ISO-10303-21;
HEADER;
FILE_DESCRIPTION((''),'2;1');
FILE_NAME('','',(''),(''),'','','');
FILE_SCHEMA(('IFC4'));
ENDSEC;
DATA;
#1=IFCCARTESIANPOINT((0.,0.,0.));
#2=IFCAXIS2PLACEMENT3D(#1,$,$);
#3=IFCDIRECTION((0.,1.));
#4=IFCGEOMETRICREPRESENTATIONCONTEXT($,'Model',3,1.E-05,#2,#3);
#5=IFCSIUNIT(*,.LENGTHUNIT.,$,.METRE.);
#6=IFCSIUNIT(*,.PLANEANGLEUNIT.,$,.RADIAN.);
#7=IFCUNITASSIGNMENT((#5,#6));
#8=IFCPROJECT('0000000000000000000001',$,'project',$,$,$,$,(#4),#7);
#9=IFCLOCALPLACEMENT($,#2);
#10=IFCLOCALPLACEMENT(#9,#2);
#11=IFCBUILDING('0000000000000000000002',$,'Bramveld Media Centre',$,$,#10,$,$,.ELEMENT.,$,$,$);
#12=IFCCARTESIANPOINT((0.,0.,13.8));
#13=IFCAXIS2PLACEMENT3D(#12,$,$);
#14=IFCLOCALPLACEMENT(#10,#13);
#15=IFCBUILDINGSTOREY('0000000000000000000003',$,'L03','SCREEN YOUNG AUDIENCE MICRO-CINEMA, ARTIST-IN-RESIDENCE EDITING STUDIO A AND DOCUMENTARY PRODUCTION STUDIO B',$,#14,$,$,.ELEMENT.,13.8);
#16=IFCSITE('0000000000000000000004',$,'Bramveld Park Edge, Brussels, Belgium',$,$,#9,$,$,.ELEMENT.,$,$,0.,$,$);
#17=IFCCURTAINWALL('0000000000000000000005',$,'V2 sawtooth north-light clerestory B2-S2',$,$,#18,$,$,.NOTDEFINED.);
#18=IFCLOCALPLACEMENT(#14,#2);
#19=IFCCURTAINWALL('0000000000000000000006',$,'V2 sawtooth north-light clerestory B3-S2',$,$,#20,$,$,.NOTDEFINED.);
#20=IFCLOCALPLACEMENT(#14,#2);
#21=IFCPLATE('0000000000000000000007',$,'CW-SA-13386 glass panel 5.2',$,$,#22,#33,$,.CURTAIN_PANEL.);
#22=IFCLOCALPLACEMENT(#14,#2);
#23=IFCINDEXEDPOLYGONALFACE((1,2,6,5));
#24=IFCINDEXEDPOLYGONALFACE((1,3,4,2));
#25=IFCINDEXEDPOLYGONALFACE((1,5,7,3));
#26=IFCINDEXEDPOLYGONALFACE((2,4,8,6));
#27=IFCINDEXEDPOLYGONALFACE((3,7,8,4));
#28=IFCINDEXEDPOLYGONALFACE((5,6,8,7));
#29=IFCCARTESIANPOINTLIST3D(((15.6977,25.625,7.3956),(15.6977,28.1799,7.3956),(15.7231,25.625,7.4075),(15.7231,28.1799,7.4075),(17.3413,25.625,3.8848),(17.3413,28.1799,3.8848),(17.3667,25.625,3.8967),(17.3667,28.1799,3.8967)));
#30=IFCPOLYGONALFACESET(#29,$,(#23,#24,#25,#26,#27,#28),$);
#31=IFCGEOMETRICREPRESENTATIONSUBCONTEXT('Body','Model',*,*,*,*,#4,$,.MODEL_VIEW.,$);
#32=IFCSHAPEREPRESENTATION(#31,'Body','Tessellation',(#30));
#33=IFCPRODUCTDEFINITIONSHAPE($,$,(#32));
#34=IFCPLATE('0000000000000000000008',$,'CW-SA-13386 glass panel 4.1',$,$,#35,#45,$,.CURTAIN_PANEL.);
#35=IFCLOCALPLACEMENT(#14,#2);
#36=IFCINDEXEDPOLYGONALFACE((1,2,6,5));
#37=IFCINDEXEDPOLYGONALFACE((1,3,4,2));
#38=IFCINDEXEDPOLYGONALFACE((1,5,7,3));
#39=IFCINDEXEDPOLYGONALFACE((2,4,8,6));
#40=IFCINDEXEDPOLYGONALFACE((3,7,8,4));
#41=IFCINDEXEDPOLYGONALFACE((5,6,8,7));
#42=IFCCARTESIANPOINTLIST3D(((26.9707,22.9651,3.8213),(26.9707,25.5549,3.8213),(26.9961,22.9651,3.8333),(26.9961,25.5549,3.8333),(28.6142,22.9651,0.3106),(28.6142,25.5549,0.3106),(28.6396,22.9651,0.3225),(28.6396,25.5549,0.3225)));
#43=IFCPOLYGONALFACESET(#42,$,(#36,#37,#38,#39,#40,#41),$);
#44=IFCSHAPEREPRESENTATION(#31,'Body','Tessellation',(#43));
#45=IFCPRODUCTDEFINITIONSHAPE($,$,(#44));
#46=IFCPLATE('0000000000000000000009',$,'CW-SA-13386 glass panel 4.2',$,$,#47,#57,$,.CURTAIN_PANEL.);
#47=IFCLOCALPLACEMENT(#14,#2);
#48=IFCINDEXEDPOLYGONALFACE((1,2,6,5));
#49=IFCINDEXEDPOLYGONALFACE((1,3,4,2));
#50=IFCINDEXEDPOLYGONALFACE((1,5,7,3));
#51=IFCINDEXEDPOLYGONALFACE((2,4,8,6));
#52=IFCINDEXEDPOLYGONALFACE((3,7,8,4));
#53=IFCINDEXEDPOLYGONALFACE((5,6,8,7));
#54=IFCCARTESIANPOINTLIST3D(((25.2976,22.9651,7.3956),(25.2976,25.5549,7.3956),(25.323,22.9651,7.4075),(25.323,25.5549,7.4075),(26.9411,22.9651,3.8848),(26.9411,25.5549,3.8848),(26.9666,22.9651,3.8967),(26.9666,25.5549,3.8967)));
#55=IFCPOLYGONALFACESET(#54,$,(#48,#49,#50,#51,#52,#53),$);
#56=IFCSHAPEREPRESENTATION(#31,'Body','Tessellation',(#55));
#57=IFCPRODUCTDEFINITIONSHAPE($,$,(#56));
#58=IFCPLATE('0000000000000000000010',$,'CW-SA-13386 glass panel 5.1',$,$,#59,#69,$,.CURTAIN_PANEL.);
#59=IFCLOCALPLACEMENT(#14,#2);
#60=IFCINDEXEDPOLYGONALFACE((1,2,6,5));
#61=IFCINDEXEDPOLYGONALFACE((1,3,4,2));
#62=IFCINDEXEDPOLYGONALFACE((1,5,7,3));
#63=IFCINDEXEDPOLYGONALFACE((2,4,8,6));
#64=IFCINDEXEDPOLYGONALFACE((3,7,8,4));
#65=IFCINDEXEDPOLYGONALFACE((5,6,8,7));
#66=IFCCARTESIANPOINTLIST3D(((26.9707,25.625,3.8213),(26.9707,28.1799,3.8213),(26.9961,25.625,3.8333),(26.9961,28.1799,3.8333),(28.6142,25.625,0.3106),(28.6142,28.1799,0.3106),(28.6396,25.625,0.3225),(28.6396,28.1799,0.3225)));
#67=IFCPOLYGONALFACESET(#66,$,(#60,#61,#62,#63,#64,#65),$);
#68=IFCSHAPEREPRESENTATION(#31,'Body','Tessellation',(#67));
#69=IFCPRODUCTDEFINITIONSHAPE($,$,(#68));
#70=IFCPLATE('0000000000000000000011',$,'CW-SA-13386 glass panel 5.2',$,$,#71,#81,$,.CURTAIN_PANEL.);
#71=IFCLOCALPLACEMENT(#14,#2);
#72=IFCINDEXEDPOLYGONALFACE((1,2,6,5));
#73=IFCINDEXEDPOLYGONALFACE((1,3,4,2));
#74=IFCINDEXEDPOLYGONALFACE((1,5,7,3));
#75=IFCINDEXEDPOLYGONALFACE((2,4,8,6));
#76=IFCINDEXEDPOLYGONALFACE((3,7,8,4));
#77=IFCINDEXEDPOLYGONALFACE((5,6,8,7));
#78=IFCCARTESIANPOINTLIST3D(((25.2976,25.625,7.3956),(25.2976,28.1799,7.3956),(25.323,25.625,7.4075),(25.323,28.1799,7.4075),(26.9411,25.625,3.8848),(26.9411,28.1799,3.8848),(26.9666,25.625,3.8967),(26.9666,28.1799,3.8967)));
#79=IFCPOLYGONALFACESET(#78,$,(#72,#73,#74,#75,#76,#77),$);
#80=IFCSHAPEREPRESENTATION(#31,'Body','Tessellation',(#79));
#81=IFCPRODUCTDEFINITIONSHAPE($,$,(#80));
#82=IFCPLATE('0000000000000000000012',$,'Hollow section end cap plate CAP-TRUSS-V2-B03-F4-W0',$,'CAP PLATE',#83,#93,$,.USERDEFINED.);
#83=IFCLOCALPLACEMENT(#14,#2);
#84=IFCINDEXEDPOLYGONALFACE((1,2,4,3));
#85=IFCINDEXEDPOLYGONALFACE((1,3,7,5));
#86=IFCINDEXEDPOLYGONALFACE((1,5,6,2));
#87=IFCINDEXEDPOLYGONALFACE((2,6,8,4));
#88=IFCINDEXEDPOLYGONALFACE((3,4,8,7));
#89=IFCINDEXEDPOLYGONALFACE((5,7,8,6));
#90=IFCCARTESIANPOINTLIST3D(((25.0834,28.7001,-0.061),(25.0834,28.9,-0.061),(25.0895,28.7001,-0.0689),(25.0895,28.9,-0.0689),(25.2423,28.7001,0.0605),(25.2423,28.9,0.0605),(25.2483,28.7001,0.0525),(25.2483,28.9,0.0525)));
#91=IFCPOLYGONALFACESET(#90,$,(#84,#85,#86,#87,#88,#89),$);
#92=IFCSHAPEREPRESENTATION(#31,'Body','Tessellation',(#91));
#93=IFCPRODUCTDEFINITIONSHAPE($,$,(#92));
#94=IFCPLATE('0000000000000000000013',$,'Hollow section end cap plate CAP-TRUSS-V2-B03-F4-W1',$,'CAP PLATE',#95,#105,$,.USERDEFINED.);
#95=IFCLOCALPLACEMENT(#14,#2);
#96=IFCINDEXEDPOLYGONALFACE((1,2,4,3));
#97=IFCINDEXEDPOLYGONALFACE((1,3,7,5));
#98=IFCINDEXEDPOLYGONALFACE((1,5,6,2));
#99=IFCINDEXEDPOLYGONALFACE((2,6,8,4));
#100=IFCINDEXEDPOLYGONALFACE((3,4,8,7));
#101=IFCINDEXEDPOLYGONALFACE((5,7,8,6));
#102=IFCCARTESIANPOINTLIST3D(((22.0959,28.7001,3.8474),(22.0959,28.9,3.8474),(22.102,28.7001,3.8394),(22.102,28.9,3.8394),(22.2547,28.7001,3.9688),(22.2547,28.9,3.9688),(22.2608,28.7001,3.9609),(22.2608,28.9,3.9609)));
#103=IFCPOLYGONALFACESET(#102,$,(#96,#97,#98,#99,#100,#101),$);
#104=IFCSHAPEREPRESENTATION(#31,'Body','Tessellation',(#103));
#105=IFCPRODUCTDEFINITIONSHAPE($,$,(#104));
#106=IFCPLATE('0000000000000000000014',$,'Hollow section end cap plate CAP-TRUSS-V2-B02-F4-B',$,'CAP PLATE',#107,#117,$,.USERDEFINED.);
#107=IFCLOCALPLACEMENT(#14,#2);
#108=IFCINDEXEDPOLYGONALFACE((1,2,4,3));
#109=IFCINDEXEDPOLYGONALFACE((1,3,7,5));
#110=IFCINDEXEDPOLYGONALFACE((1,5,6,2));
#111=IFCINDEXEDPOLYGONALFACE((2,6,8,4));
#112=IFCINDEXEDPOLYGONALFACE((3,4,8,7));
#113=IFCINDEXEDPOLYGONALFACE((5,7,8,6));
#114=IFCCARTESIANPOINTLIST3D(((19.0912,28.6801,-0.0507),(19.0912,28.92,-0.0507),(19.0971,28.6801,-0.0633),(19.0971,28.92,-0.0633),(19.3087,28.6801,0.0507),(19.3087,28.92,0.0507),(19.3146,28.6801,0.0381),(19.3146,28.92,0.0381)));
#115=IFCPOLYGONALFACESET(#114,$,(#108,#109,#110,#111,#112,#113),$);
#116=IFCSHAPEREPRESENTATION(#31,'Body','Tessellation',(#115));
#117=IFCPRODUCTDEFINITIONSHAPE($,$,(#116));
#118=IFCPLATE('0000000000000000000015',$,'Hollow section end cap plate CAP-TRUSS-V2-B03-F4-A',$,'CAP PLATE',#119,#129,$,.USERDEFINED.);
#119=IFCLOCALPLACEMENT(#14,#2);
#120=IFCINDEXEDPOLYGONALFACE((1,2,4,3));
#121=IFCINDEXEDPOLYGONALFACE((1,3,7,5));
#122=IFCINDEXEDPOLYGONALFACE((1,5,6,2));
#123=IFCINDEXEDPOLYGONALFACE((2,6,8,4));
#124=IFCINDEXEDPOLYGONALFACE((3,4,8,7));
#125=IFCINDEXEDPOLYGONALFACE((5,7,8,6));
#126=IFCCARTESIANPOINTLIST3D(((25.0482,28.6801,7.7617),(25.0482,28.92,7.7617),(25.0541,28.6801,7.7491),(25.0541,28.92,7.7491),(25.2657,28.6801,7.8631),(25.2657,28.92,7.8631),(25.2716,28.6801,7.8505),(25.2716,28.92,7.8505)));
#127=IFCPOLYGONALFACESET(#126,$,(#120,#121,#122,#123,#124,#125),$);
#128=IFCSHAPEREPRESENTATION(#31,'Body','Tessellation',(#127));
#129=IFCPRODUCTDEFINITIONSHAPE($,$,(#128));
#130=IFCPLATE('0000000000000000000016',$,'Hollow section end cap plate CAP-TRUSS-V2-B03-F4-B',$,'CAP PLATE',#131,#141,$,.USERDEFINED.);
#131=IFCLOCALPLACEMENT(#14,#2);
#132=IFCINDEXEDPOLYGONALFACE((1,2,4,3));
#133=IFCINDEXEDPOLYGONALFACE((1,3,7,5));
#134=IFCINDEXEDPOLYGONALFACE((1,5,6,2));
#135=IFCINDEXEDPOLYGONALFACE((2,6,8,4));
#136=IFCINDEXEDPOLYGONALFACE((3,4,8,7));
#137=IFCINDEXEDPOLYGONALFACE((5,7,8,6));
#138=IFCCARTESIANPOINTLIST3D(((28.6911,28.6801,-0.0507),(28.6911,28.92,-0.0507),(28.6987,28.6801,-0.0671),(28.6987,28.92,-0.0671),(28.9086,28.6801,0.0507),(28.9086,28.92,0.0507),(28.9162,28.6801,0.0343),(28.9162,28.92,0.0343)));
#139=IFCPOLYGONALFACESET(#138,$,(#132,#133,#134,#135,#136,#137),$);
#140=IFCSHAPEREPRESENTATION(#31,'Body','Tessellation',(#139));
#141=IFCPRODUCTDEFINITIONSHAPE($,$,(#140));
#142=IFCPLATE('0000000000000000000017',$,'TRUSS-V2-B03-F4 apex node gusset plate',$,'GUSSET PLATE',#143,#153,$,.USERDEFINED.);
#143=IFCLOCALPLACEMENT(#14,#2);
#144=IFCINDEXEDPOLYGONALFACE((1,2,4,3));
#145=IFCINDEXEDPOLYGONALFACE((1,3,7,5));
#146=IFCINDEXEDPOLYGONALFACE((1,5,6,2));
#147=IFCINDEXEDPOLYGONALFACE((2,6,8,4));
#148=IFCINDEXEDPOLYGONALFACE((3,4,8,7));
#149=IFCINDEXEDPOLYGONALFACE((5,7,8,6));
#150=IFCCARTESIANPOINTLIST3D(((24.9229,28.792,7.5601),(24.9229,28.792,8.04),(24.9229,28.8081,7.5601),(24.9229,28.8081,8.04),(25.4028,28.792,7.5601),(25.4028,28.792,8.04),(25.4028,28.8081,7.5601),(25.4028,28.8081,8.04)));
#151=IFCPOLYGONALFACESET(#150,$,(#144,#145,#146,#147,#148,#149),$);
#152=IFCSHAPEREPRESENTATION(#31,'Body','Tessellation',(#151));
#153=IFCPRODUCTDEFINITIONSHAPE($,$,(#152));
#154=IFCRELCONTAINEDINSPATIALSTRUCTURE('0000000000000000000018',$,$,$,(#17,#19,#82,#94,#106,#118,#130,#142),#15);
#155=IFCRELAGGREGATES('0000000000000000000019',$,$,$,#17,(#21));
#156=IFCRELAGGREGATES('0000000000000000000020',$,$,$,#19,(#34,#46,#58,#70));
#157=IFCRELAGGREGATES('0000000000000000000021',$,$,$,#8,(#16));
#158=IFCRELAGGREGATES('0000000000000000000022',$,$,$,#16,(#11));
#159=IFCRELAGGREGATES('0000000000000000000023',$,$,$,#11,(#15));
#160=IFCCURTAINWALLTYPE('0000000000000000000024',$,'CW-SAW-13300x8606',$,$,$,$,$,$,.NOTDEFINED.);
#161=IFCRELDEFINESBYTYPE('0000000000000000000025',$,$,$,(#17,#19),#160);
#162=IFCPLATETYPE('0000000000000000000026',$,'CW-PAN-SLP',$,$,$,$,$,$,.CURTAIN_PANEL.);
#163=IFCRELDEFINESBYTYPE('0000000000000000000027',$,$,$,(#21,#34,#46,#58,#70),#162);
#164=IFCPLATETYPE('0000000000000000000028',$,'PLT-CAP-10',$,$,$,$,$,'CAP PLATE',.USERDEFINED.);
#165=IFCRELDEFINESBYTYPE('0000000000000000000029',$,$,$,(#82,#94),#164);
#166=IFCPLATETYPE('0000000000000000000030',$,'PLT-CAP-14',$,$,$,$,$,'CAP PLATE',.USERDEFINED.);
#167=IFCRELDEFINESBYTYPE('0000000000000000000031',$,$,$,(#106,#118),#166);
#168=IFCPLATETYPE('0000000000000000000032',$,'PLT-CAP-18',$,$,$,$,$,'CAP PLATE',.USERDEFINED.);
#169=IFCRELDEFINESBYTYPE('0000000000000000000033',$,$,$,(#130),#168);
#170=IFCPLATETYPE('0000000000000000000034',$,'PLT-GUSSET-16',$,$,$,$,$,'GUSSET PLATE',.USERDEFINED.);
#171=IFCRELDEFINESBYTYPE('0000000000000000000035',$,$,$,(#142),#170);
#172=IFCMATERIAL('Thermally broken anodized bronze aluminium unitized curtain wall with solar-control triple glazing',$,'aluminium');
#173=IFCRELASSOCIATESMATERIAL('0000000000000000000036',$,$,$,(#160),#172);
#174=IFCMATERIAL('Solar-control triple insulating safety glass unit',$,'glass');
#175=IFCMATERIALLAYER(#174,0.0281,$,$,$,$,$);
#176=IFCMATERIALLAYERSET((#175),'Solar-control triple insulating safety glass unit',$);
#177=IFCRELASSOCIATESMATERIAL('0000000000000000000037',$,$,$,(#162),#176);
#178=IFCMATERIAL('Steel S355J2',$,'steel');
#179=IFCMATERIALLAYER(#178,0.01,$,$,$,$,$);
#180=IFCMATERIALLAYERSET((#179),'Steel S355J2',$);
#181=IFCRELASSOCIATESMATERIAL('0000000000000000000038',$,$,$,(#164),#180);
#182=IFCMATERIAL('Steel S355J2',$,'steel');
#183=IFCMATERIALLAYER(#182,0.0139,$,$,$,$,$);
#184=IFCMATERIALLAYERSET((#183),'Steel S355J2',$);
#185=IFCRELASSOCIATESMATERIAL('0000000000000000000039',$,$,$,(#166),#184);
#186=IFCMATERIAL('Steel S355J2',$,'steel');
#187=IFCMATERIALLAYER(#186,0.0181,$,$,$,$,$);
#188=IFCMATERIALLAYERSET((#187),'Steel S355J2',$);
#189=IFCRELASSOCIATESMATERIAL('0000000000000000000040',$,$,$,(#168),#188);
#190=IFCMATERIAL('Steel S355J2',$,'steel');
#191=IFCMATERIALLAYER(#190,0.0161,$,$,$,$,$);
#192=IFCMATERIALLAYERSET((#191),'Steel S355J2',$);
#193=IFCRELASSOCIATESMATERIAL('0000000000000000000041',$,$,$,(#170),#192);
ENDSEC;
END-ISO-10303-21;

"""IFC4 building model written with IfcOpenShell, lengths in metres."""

from ifc_helpers import new_model, si_unit, direction, frame, origin, origin_2d, place, context, subcontext, project, spatial, polyline, rectangle, outline, extrude, material, layer, layer_set, type_object, element, aggregate, save


model = new_model("IFC4")

# Units and contexts
model_context = context("Model", 3, precision=1e-05, world=origin(), true_north=direction((0.0, 1.0)))
body_context = subcontext(model_context, "Body", "Model", "MODEL_VIEW")
ifc_project = project(units=[si_unit("LENGTHUNIT", "METRE"), si_unit("PLANEANGLEUNIT", "RADIAN")], contexts=[model_context])

# Site, building, storey
site_placement = place(None, origin())
site = spatial("IfcSite", under=ifc_project, at=site_placement, Name="Bramveld Park Edge, Brussels, Belgium", CompositionType="ELEMENT", RefElevation=0.0)
building_placement = place(site_placement, origin())
building = spatial("IfcBuilding", under=site, at=building_placement, Name="Bramveld Media Centre", CompositionType="ELEMENT")
storey_placement = place(building_placement, frame((0.0, 0.0, 13.8)))
storey = spatial("IfcBuildingStorey", under=building, at=storey_placement, Name="L03", Description="SCREEN YOUNG AUDIENCE MICRO-CINEMA, ARTIST-IN-RESIDENCE EDITING STUDIO A AND DOCUMENTARY PRODUCTION STUDIO B", CompositionType="ELEMENT", Elevation=13.8)

# Curtain wall
ifc_material_1 = material(Name="Thermally broken anodized bronze aluminium unitized curtain wall with solar-control triple glazing", Category="aluminium")
curtain_wall_type_1 = type_object("IfcCurtainWallType", Name="CW-SAW-13300x8606", PredefinedType="NOTDEFINED", material=ifc_material_1)
curtain_wall_1_placement = place(storey_placement, origin())
curtain_wall_1 = element("IfcCurtainWall", 1, at=curtain_wall_1_placement, inside=storey, type_object=curtain_wall_type_1, Name="V2 sawtooth north-light clerestory B2-S2", PredefinedType="NOTDEFINED")

# Curtain wall
curtain_wall_2_placement = place(storey_placement, origin())
curtain_wall_2 = element("IfcCurtainWall", 2, at=curtain_wall_2_placement, inside=storey, type_object=curtain_wall_type_1, Name="V2 sawtooth north-light clerestory B3-S2", PredefinedType="NOTDEFINED")

# Plates
ifc_material_2 = material(Name="Solar-control triple insulating safety glass unit", Category="glass")
ifc_layer_1 = layer(ifc_material_2, 0.0281)
ifc_layer_set_1 = layer_set([ifc_layer_1], Name="Solar-control triple insulating safety glass unit")
plate_type_1 = type_object("IfcPlateType", Name="CW-PAN-SLP", PredefinedType="CURTAIN_PANEL", material=ifc_layer_set_1)
plate_1_placement = place(storey_placement, frame((17.3667, 25.625, 3.8967), z_axis=(0.905668, 0.0, 0.423988), x_axis=(0.0, 1.0, 0.0)))
plate_1 = element("IfcPlate", 3, at=plate_1_placement, type_object=plate_type_1, Name="CW-SA-13386 glass panel 5.2", PredefinedType="CURTAIN_PANEL", context=body_context, shape_type="SweptSolid", body=[
    extrude(outline(polyline([(0.0, 0.0), (2.5549, 0.0), (2.5549, 3.8764), (0.0, 3.8764), (0.0, 0.0)])), origin(), (0.0, 0.0, -1.0), 0.0281),
])
aggregate(curtain_wall_1, [plate_1])
plate_2_placement = place(storey_placement, frame((28.6396, 22.9651, 0.3225), z_axis=(0.905668, 0.0, 0.423988), x_axis=(0.0, 1.0, 0.0)))
plate_2 = element("IfcPlate", 4, at=plate_2_placement, type_object=plate_type_1, Name="CW-SA-13386 glass panel 4.1", PredefinedType="CURTAIN_PANEL", context=body_context, shape_type="SweptSolid", body=[
    extrude(outline(polyline([(0.0, 0.0), (2.5898, 0.0), (2.5898, 3.8764), (0.0, 3.8764), (0.0, 0.0)])), origin(), (0.0, 0.0, -1.0), 0.0281),
])
plate_3_placement = place(storey_placement, frame((26.9666, 22.9651, 3.8967), z_axis=(0.905668, 0.0, 0.423988), x_axis=(0.0, 1.0, 0.0)))
plate_3 = element("IfcPlate", 5, at=plate_3_placement, type_object=plate_type_1, Name="CW-SA-13386 glass panel 4.2", PredefinedType="CURTAIN_PANEL", context=body_context, shape_type="SweptSolid", body=[
    extrude(outline(polyline([(0.0, 0.0), (2.5898, 0.0), (2.5898, 3.8764), (0.0, 3.8764), (0.0, 0.0)])), origin(), (0.0, 0.0, -1.0), 0.0281),
])
plate_4_placement = place(storey_placement, frame((28.6396, 25.625, 0.3225), z_axis=(0.905668, 0.0, 0.423988), x_axis=(0.0, 1.0, 0.0)))
plate_4 = element("IfcPlate", 6, at=plate_4_placement, type_object=plate_type_1, Name="CW-SA-13386 glass panel 5.1", PredefinedType="CURTAIN_PANEL", context=body_context, shape_type="SweptSolid", body=[
    extrude(outline(polyline([(0.0, 0.0), (2.5549, 0.0), (2.5549, 3.8764), (0.0, 3.8764), (0.0, 0.0)])), origin(), (0.0, 0.0, -1.0), 0.0281),
])
plate_5_placement = place(storey_placement, frame((26.9666, 25.625, 3.8967), z_axis=(0.905668, 0.0, 0.423988), x_axis=(0.0, 1.0, 0.0)))
plate_5 = element("IfcPlate", 7, at=plate_5_placement, type_object=plate_type_1, Name="CW-SA-13386 glass panel 5.2", PredefinedType="CURTAIN_PANEL", context=body_context, shape_type="SweptSolid", body=[
    extrude(outline(polyline([(0.0, 0.0), (2.5549, 0.0), (2.5549, 3.8764), (0.0, 3.8764), (0.0, 0.0)])), origin(), (0.0, 0.0, -1.0), 0.0281),
])
aggregate(curtain_wall_2, [plate_2, plate_3, plate_4, plate_5])

# Plates
ifc_material_3 = material(Name="Steel S355J2", Category="steel")
ifc_layer_2 = layer(ifc_material_3, 0.01)
ifc_layer_set_2 = layer_set([ifc_layer_2], Name="Steel S355J2")
plate_type_2 = type_object("IfcPlateType", Name="PLT-CAP-10", ElementType="CAP PLATE", PredefinedType="USERDEFINED", material=ifc_layer_set_2)
for number, where, z_axis, x_axis, name in (
    (8, (25.1628, 28.8, -0.0002), (0.607328, 0.0, -0.794451), (0.0, 1.0, 0.0), "Hollow section end cap plate CAP-TRUSS-V2-B03-F4-W0"),
    (9, (22.1814, 28.8, 3.9001), (-0.607328, 0.0, 0.794451), (0.0, -1.0, 0.0), "Hollow section end cap plate CAP-TRUSS-V2-B03-F4-W1"),
):
    element("IfcPlate", number, at=place(storey_placement, frame(where, z_axis=z_axis, x_axis=x_axis)), inside=storey, type_object=plate_type_2, Name=name, ObjectType="CAP PLATE", PredefinedType="USERDEFINED", context=body_context, shape_type="SweptSolid", body=[
        extrude(rectangle(XDim=0.2, YDim=0.2, at=origin_2d()), origin(), (0.0, 0.0, 1.0), 0.01),
    ])
ifc_material_4 = material(Name="Steel S355J2", Category="steel")
ifc_layer_3 = layer(ifc_material_4, 0.0139)
ifc_layer_set_3 = layer_set([ifc_layer_3], Name="Steel S355J2")
plate_type_3 = type_object("IfcPlateType", Name="PLT-CAP-14", ElementType="CAP PLATE", PredefinedType="USERDEFINED", material=ifc_layer_set_3)
for number, where, z_axis, x_axis, name in (
    (10, (19.2, 28.8, 0.0), (0.422618, 0.0, -0.906308), (0.0, 1.0, 0.0), "Hollow section end cap plate CAP-TRUSS-V2-B02-F4-B"),
    (11, (25.1628, 28.8, 7.7998), (-0.422618, 0.0, 0.906308), (0.0, -1.0, 0.0), "Hollow section end cap plate CAP-TRUSS-V2-B03-F4-A"),
):
    element("IfcPlate", number, at=place(storey_placement, frame(where, z_axis=z_axis, x_axis=x_axis)), inside=storey, type_object=plate_type_3, Name=name, ObjectType="CAP PLATE", PredefinedType="USERDEFINED", context=body_context, shape_type="SweptSolid", body=[
        extrude(rectangle(XDim=0.24, YDim=0.24, at=origin_2d()), origin(), (0.0, 0.0, 1.0), 0.0139),
    ])
ifc_material_5 = material(Name="Steel S355J2", Category="steel")
ifc_layer_4 = layer(ifc_material_5, 0.0181)
ifc_layer_set_4 = layer_set([ifc_layer_4], Name="Steel S355J2")
plate_type_4 = type_object("IfcPlateType", Name="PLT-CAP-18", ElementType="CAP PLATE", PredefinedType="USERDEFINED", material=ifc_layer_set_4)
plate_6_placement = place(storey_placement, frame((28.7998, 28.8, 0.0), z_axis=(0.422618, 0.0, -0.906308), x_axis=(0.0, 1.0, 0.0)))
element("IfcPlate", 12, at=plate_6_placement, inside=storey, type_object=plate_type_4, Name="Hollow section end cap plate CAP-TRUSS-V2-B03-F4-B", ObjectType="CAP PLATE", PredefinedType="USERDEFINED", context=body_context, shape_type="SweptSolid", body=[
    extrude(rectangle(XDim=0.24, YDim=0.24, at=origin_2d()), origin(), (0.0, 0.0, 1.0), 0.0181),
])
ifc_material_6 = material(Name="Steel S355J2", Category="steel")
ifc_layer_5 = layer(ifc_material_6, 0.0161)
ifc_layer_set_5 = layer_set([ifc_layer_5], Name="Steel S355J2")
plate_type_5 = type_object("IfcPlateType", Name="PLT-GUSSET-16", ElementType="GUSSET PLATE", PredefinedType="USERDEFINED", material=ifc_layer_set_5)
plate_7_placement = place(storey_placement, frame((25.1628, 28.8, 7.5601), z_axis=(0.0, 0.0, 1.0), x_axis=(1.0, 0.0, 0.0)))
element("IfcPlate", 13, at=plate_7_placement, inside=storey, type_object=plate_type_5, Name="TRUSS-V2-B03-F4 apex node gusset plate", ObjectType="GUSSET PLATE", PredefinedType="USERDEFINED", context=body_context, shape_type="SweptSolid", body=[
    extrude(rectangle(XDim=0.48, YDim=0.0161, at=origin_2d()), origin(), (0.0, 0.0, 1.0), 0.48),
])

save(model, "model.ifc")
